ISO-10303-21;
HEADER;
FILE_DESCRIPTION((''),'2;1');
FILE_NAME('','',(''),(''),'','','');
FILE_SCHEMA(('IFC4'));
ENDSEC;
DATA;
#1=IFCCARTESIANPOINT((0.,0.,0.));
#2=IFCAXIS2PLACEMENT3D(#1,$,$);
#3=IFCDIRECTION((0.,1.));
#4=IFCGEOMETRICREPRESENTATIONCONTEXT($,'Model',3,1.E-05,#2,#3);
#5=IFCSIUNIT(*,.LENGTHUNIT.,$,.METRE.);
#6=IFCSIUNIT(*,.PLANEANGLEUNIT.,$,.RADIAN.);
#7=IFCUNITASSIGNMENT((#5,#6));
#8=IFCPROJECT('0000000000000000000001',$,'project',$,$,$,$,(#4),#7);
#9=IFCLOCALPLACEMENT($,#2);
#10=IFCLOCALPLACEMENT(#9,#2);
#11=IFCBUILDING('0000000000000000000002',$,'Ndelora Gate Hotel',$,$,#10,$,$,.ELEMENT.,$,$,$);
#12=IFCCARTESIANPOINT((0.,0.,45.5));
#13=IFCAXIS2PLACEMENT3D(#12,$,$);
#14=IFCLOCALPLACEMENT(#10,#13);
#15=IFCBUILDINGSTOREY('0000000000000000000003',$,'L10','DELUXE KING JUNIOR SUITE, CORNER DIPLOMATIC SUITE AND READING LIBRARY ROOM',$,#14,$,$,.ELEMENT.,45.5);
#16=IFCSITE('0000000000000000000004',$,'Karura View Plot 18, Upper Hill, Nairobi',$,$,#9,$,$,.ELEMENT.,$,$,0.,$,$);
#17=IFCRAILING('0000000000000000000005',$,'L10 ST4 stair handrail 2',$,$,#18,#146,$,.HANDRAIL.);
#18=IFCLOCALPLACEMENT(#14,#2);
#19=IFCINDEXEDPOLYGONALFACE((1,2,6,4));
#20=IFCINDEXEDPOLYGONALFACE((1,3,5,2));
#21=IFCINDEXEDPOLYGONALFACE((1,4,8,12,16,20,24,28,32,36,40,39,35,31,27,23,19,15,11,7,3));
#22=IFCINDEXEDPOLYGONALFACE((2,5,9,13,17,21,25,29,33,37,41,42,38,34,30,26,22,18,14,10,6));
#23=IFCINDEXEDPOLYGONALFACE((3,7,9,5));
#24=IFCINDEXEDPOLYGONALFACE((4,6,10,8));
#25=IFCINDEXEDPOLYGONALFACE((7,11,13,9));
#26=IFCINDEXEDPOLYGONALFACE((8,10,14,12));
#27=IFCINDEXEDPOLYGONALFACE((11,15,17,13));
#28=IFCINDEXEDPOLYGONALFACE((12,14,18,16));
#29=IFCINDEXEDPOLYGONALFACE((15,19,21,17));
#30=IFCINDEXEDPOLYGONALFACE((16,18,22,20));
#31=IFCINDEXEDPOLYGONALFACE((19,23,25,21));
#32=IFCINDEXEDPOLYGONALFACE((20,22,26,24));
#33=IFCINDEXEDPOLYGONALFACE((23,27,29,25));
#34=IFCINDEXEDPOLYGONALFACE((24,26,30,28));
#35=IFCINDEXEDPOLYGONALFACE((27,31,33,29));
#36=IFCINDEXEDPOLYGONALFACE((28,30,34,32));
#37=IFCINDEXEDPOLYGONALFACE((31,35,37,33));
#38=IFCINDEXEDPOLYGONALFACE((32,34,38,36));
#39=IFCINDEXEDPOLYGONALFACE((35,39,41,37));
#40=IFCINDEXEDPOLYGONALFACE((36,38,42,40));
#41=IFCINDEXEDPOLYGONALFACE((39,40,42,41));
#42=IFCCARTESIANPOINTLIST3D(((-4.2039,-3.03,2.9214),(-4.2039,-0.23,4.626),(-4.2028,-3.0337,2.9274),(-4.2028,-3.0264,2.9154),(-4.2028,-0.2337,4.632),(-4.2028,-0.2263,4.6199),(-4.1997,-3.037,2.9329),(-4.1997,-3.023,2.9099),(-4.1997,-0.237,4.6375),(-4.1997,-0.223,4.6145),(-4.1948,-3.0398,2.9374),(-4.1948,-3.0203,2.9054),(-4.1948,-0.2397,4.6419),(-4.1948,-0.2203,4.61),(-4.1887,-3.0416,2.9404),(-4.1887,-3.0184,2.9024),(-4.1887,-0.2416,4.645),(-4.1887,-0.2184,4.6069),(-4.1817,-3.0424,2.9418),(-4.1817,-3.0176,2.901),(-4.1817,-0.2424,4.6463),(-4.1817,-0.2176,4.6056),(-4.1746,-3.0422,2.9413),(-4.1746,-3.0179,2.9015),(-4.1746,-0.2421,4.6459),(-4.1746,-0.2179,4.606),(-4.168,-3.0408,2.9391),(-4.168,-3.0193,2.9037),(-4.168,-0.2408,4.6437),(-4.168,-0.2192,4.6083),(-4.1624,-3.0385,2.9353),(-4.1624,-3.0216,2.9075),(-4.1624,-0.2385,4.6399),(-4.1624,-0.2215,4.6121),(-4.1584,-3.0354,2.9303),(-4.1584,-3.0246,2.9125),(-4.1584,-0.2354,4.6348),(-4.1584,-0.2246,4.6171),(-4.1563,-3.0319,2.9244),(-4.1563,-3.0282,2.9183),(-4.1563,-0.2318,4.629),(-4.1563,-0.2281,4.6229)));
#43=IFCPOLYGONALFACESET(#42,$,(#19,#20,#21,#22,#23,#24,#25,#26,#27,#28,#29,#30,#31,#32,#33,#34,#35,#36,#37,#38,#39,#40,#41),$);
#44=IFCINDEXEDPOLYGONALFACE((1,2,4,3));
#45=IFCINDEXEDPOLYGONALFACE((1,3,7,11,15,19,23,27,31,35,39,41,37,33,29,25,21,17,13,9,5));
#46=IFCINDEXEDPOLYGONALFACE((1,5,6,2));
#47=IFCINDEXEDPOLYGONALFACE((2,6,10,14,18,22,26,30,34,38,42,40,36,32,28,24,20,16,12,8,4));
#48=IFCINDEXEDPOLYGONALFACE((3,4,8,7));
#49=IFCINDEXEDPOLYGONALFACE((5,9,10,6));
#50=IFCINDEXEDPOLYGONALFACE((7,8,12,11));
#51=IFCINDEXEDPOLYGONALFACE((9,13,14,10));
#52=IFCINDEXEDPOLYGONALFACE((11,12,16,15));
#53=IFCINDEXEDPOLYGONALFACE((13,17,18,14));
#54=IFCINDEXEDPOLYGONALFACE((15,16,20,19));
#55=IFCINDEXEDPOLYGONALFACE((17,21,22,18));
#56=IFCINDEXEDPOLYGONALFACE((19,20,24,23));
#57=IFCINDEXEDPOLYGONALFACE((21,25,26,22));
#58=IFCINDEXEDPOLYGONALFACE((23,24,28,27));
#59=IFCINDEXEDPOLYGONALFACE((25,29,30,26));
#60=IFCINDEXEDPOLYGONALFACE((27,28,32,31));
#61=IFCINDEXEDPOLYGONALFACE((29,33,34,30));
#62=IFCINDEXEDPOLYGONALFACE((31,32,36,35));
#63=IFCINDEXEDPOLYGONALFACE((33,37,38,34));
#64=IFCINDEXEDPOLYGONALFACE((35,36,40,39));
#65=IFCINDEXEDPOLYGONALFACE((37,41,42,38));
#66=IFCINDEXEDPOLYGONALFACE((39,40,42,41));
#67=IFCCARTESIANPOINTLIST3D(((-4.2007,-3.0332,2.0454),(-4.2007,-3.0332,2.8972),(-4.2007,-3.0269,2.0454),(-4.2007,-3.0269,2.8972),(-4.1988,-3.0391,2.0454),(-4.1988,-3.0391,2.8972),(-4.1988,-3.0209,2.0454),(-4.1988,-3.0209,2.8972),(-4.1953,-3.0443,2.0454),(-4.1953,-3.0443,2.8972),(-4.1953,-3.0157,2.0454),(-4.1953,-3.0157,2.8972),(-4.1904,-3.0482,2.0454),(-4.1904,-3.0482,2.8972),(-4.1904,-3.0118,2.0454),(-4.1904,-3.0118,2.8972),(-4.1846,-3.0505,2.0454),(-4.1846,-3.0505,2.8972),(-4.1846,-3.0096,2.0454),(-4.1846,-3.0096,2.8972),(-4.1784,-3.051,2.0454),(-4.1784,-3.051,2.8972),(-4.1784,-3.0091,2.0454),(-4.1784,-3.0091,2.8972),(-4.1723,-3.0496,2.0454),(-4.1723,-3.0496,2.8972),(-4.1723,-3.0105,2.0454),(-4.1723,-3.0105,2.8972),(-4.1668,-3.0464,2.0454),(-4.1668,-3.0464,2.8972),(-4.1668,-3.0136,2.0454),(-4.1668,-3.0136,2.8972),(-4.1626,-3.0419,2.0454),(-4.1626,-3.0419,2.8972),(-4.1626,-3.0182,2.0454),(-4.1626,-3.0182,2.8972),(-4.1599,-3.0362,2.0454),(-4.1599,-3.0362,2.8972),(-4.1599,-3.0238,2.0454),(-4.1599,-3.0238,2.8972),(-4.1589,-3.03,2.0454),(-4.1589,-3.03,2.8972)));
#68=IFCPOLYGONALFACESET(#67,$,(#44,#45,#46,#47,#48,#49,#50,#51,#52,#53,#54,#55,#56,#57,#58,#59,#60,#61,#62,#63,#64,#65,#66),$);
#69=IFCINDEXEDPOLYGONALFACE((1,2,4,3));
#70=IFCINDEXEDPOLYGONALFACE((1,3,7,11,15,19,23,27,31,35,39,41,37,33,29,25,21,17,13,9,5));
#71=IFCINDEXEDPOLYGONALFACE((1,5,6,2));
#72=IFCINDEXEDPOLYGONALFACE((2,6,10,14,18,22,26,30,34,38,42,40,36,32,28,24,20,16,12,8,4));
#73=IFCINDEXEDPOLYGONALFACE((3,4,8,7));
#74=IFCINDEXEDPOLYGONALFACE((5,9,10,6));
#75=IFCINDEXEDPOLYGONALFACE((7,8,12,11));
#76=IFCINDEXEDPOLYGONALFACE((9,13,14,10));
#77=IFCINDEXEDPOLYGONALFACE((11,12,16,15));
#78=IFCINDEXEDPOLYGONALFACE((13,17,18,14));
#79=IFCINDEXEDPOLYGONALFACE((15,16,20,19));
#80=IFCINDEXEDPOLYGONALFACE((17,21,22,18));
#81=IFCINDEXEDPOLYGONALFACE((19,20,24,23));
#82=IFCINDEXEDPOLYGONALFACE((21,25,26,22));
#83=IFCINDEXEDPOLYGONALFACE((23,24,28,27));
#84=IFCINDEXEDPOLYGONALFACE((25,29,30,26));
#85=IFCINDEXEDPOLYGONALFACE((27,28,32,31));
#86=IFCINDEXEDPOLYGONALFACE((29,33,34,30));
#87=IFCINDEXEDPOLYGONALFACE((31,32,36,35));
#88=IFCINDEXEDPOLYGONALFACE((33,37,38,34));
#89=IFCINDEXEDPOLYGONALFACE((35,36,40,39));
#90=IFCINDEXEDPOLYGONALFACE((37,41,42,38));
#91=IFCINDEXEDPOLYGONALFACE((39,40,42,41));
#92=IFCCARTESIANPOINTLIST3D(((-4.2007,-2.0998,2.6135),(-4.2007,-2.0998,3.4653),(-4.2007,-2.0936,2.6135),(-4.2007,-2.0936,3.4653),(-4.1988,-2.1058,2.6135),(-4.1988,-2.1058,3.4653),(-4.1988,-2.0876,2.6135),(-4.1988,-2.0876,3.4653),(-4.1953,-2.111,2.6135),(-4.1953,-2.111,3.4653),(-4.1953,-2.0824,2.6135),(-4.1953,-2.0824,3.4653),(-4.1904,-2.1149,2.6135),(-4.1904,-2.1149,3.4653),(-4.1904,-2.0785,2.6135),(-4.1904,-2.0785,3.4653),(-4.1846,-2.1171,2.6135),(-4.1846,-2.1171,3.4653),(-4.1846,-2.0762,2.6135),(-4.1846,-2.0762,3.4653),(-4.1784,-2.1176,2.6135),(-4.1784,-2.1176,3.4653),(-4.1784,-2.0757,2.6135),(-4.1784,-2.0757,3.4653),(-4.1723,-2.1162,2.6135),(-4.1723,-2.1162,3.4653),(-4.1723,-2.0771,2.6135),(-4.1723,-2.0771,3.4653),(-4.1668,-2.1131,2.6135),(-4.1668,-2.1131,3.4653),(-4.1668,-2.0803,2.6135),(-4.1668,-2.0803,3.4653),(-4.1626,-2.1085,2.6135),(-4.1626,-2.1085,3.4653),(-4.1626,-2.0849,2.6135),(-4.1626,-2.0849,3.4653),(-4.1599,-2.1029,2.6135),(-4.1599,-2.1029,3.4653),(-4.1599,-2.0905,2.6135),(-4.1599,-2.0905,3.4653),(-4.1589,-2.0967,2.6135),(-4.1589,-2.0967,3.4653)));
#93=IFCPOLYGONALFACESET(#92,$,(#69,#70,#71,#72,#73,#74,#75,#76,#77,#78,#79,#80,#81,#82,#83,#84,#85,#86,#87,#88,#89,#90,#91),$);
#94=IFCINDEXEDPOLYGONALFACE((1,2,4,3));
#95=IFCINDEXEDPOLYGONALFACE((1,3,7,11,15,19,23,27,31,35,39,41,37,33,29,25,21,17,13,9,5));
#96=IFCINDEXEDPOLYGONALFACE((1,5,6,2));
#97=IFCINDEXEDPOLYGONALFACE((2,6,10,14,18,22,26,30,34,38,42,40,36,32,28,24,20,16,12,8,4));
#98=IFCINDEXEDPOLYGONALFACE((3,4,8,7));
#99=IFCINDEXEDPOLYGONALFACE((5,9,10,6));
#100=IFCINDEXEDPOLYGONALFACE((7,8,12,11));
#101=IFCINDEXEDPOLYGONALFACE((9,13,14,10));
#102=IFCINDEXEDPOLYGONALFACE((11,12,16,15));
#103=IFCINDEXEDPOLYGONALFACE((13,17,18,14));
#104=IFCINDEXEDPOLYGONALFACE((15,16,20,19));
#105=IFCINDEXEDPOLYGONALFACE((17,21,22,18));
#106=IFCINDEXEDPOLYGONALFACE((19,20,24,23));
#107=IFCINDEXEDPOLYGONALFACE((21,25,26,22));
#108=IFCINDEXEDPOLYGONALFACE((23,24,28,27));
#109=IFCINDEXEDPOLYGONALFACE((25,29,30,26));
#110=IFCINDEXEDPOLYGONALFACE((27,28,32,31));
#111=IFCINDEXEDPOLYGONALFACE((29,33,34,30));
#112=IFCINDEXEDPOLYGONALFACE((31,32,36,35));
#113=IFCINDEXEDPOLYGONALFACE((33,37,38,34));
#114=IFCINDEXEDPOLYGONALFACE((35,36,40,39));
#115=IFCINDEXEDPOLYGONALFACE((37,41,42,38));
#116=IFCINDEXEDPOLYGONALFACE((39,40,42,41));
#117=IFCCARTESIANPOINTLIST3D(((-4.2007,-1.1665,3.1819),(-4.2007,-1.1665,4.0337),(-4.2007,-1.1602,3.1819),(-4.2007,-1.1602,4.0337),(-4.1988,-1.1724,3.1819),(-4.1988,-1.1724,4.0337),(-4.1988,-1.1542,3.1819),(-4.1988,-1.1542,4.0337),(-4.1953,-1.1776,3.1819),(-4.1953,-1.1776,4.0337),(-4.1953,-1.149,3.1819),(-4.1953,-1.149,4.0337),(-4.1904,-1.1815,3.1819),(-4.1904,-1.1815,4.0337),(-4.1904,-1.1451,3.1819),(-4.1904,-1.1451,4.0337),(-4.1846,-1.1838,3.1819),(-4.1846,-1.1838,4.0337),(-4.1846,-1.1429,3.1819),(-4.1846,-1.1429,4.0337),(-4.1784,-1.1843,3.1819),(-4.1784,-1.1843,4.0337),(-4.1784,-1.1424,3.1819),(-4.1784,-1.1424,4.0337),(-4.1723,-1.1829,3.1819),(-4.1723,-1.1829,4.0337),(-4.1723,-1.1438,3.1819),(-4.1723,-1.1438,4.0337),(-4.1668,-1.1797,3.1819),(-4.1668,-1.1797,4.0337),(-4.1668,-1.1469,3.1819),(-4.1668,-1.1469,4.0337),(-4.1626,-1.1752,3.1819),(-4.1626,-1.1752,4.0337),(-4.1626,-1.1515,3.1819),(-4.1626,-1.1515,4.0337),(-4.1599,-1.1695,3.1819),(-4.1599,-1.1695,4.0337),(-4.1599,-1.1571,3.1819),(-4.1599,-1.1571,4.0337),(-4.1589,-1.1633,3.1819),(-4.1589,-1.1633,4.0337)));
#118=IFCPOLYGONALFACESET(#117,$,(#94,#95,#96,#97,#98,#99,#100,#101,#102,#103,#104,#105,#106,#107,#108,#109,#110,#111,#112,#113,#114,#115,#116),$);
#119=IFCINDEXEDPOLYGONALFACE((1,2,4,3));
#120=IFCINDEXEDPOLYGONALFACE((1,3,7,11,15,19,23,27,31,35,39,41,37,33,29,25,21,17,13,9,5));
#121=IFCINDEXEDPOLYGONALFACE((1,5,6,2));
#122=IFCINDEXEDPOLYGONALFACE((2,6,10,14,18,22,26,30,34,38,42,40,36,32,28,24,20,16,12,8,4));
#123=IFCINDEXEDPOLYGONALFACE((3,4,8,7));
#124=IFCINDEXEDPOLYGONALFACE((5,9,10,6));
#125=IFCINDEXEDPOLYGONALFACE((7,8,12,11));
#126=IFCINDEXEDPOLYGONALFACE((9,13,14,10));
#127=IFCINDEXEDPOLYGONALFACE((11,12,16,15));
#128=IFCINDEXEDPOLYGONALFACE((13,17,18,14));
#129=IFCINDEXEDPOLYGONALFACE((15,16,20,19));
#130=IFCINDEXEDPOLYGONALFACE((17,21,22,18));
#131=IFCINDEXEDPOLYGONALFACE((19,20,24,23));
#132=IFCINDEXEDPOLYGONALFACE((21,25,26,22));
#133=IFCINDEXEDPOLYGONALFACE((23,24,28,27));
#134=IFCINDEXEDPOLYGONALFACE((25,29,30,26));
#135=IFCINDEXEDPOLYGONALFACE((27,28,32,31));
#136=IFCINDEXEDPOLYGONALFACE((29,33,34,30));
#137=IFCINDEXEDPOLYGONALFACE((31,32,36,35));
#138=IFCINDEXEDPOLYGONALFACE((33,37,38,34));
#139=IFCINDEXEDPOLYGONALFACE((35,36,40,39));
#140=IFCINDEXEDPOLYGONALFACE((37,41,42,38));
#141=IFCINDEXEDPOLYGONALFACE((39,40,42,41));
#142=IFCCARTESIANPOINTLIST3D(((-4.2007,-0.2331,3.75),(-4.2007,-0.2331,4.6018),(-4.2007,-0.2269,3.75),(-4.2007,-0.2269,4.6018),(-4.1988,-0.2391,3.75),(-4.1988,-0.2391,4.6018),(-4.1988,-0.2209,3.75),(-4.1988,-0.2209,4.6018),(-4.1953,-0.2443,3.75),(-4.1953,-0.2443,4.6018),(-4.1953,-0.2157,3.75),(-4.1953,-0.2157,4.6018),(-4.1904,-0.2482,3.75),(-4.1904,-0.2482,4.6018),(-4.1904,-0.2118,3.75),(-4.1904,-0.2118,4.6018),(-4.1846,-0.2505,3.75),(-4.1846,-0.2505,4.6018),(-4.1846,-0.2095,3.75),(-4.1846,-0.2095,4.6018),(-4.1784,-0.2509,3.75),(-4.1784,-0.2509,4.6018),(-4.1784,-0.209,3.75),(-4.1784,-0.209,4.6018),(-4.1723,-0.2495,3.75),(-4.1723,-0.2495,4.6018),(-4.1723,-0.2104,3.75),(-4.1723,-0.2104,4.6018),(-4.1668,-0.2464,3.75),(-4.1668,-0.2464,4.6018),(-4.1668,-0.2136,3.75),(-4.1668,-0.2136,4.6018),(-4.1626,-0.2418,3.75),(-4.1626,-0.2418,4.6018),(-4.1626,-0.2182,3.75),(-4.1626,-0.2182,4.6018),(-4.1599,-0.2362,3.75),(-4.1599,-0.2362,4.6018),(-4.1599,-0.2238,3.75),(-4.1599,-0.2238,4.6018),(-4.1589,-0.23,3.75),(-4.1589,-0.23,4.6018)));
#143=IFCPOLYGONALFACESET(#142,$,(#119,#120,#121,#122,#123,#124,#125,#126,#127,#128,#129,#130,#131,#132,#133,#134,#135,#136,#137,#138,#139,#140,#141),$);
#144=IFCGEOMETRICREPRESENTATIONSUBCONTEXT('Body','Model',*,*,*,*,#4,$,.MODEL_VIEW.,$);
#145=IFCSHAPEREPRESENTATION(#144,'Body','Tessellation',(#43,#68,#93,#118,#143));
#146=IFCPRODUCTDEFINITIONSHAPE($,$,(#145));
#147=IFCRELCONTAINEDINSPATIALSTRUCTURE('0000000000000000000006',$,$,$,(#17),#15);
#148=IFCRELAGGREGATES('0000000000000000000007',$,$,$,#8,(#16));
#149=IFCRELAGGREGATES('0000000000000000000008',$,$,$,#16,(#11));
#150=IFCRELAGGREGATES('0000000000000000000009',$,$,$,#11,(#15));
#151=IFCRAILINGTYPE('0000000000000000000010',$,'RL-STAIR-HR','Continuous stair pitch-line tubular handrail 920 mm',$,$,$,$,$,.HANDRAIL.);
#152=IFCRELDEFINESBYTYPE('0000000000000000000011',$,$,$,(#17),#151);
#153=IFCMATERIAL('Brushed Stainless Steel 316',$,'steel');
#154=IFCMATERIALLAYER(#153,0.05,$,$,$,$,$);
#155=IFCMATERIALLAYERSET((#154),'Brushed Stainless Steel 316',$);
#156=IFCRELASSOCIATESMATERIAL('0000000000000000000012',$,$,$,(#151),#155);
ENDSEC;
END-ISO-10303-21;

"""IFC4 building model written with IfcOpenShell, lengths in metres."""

from ifc_helpers import new_model, si_unit, direction, frame, origin, origin_2d, place, context, subcontext, project, spatial, circle, extrude, material, layer, layer_set, type_object, element, save


model = new_model("IFC4")

# Units and contexts
model_context = context("Model", 3, precision=1e-05, world=origin(), true_north=direction((0.0, 1.0)))
body_context = subcontext(model_context, "Body", "Model", "MODEL_VIEW")
ifc_project = project(units=[si_unit("LENGTHUNIT", "METRE"), si_unit("PLANEANGLEUNIT", "RADIAN")], contexts=[model_context])

# Site, building, storey
site_placement = place(None, origin())
site = spatial("IfcSite", under=ifc_project, at=site_placement, Name="Karura View Plot 18, Upper Hill, Nairobi", CompositionType="ELEMENT", RefElevation=0.0)
building_placement = place(site_placement, origin())
building = spatial("IfcBuilding", under=site, at=building_placement, Name="Ndelora Gate Hotel", CompositionType="ELEMENT")
storey_placement = place(building_placement, frame((0.0, 0.0, 45.5)))
storey = spatial("IfcBuildingStorey", under=building, at=storey_placement, Name="L10", Description="DELUXE KING JUNIOR SUITE, CORNER DIPLOMATIC SUITE AND READING LIBRARY ROOM", CompositionType="ELEMENT", Elevation=45.5)

# Railing
ifc_material_1 = material(Name="Brushed Stainless Steel 316", Category="steel")
ifc_layer_1 = layer(ifc_material_1, 0.05)
ifc_layer_set_1 = layer_set([ifc_layer_1], Name="Brushed Stainless Steel 316")
railing_type_1 = type_object("IfcRailingType", Name="RL-STAIR-HR", Description="Continuous stair pitch-line tubular handrail 920 mm", PredefinedType="HANDRAIL", material=ifc_layer_set_1)
railing_1_placement = place(storey_placement, frame((-4.1799, -3.03, 2.0454)))
element("IfcRailing", 1, at=railing_1_placement, inside=storey, type_object=railing_type_1, Name="L10 ST4 stair handrail 2", PredefinedType="HANDRAIL", context=body_context, shape_type="SweptSolid", body=[
    extrude(circle(Radius=0.0239, at=origin_2d()), frame((0.0, 0.0, 0.876), z_axis=(0.0, 0.85417, 0.519994), x_axis=(-1.0, 0.0, 0.0)), (0.0, 0.0, 1.0), 3.2781),
    extrude(circle(Radius=0.021, at=origin_2d()), origin(), (0.0, 0.0, 1.0), 0.8518),
    extrude(circle(Radius=0.021, at=origin_2d()), frame((0.0, 0.9333, 0.5681)), (0.0, 0.0, 1.0), 0.8518),
    extrude(circle(Radius=0.021, at=origin_2d()), frame((0.0, 1.8667, 1.1365)), (0.0, 0.0, 1.0), 0.8518),
    extrude(circle(Radius=0.021, at=origin_2d()), frame((0.0, 2.8, 1.7046)), (0.0, 0.0, 1.0), 0.8518),
])

save(model, "model.ifc")
